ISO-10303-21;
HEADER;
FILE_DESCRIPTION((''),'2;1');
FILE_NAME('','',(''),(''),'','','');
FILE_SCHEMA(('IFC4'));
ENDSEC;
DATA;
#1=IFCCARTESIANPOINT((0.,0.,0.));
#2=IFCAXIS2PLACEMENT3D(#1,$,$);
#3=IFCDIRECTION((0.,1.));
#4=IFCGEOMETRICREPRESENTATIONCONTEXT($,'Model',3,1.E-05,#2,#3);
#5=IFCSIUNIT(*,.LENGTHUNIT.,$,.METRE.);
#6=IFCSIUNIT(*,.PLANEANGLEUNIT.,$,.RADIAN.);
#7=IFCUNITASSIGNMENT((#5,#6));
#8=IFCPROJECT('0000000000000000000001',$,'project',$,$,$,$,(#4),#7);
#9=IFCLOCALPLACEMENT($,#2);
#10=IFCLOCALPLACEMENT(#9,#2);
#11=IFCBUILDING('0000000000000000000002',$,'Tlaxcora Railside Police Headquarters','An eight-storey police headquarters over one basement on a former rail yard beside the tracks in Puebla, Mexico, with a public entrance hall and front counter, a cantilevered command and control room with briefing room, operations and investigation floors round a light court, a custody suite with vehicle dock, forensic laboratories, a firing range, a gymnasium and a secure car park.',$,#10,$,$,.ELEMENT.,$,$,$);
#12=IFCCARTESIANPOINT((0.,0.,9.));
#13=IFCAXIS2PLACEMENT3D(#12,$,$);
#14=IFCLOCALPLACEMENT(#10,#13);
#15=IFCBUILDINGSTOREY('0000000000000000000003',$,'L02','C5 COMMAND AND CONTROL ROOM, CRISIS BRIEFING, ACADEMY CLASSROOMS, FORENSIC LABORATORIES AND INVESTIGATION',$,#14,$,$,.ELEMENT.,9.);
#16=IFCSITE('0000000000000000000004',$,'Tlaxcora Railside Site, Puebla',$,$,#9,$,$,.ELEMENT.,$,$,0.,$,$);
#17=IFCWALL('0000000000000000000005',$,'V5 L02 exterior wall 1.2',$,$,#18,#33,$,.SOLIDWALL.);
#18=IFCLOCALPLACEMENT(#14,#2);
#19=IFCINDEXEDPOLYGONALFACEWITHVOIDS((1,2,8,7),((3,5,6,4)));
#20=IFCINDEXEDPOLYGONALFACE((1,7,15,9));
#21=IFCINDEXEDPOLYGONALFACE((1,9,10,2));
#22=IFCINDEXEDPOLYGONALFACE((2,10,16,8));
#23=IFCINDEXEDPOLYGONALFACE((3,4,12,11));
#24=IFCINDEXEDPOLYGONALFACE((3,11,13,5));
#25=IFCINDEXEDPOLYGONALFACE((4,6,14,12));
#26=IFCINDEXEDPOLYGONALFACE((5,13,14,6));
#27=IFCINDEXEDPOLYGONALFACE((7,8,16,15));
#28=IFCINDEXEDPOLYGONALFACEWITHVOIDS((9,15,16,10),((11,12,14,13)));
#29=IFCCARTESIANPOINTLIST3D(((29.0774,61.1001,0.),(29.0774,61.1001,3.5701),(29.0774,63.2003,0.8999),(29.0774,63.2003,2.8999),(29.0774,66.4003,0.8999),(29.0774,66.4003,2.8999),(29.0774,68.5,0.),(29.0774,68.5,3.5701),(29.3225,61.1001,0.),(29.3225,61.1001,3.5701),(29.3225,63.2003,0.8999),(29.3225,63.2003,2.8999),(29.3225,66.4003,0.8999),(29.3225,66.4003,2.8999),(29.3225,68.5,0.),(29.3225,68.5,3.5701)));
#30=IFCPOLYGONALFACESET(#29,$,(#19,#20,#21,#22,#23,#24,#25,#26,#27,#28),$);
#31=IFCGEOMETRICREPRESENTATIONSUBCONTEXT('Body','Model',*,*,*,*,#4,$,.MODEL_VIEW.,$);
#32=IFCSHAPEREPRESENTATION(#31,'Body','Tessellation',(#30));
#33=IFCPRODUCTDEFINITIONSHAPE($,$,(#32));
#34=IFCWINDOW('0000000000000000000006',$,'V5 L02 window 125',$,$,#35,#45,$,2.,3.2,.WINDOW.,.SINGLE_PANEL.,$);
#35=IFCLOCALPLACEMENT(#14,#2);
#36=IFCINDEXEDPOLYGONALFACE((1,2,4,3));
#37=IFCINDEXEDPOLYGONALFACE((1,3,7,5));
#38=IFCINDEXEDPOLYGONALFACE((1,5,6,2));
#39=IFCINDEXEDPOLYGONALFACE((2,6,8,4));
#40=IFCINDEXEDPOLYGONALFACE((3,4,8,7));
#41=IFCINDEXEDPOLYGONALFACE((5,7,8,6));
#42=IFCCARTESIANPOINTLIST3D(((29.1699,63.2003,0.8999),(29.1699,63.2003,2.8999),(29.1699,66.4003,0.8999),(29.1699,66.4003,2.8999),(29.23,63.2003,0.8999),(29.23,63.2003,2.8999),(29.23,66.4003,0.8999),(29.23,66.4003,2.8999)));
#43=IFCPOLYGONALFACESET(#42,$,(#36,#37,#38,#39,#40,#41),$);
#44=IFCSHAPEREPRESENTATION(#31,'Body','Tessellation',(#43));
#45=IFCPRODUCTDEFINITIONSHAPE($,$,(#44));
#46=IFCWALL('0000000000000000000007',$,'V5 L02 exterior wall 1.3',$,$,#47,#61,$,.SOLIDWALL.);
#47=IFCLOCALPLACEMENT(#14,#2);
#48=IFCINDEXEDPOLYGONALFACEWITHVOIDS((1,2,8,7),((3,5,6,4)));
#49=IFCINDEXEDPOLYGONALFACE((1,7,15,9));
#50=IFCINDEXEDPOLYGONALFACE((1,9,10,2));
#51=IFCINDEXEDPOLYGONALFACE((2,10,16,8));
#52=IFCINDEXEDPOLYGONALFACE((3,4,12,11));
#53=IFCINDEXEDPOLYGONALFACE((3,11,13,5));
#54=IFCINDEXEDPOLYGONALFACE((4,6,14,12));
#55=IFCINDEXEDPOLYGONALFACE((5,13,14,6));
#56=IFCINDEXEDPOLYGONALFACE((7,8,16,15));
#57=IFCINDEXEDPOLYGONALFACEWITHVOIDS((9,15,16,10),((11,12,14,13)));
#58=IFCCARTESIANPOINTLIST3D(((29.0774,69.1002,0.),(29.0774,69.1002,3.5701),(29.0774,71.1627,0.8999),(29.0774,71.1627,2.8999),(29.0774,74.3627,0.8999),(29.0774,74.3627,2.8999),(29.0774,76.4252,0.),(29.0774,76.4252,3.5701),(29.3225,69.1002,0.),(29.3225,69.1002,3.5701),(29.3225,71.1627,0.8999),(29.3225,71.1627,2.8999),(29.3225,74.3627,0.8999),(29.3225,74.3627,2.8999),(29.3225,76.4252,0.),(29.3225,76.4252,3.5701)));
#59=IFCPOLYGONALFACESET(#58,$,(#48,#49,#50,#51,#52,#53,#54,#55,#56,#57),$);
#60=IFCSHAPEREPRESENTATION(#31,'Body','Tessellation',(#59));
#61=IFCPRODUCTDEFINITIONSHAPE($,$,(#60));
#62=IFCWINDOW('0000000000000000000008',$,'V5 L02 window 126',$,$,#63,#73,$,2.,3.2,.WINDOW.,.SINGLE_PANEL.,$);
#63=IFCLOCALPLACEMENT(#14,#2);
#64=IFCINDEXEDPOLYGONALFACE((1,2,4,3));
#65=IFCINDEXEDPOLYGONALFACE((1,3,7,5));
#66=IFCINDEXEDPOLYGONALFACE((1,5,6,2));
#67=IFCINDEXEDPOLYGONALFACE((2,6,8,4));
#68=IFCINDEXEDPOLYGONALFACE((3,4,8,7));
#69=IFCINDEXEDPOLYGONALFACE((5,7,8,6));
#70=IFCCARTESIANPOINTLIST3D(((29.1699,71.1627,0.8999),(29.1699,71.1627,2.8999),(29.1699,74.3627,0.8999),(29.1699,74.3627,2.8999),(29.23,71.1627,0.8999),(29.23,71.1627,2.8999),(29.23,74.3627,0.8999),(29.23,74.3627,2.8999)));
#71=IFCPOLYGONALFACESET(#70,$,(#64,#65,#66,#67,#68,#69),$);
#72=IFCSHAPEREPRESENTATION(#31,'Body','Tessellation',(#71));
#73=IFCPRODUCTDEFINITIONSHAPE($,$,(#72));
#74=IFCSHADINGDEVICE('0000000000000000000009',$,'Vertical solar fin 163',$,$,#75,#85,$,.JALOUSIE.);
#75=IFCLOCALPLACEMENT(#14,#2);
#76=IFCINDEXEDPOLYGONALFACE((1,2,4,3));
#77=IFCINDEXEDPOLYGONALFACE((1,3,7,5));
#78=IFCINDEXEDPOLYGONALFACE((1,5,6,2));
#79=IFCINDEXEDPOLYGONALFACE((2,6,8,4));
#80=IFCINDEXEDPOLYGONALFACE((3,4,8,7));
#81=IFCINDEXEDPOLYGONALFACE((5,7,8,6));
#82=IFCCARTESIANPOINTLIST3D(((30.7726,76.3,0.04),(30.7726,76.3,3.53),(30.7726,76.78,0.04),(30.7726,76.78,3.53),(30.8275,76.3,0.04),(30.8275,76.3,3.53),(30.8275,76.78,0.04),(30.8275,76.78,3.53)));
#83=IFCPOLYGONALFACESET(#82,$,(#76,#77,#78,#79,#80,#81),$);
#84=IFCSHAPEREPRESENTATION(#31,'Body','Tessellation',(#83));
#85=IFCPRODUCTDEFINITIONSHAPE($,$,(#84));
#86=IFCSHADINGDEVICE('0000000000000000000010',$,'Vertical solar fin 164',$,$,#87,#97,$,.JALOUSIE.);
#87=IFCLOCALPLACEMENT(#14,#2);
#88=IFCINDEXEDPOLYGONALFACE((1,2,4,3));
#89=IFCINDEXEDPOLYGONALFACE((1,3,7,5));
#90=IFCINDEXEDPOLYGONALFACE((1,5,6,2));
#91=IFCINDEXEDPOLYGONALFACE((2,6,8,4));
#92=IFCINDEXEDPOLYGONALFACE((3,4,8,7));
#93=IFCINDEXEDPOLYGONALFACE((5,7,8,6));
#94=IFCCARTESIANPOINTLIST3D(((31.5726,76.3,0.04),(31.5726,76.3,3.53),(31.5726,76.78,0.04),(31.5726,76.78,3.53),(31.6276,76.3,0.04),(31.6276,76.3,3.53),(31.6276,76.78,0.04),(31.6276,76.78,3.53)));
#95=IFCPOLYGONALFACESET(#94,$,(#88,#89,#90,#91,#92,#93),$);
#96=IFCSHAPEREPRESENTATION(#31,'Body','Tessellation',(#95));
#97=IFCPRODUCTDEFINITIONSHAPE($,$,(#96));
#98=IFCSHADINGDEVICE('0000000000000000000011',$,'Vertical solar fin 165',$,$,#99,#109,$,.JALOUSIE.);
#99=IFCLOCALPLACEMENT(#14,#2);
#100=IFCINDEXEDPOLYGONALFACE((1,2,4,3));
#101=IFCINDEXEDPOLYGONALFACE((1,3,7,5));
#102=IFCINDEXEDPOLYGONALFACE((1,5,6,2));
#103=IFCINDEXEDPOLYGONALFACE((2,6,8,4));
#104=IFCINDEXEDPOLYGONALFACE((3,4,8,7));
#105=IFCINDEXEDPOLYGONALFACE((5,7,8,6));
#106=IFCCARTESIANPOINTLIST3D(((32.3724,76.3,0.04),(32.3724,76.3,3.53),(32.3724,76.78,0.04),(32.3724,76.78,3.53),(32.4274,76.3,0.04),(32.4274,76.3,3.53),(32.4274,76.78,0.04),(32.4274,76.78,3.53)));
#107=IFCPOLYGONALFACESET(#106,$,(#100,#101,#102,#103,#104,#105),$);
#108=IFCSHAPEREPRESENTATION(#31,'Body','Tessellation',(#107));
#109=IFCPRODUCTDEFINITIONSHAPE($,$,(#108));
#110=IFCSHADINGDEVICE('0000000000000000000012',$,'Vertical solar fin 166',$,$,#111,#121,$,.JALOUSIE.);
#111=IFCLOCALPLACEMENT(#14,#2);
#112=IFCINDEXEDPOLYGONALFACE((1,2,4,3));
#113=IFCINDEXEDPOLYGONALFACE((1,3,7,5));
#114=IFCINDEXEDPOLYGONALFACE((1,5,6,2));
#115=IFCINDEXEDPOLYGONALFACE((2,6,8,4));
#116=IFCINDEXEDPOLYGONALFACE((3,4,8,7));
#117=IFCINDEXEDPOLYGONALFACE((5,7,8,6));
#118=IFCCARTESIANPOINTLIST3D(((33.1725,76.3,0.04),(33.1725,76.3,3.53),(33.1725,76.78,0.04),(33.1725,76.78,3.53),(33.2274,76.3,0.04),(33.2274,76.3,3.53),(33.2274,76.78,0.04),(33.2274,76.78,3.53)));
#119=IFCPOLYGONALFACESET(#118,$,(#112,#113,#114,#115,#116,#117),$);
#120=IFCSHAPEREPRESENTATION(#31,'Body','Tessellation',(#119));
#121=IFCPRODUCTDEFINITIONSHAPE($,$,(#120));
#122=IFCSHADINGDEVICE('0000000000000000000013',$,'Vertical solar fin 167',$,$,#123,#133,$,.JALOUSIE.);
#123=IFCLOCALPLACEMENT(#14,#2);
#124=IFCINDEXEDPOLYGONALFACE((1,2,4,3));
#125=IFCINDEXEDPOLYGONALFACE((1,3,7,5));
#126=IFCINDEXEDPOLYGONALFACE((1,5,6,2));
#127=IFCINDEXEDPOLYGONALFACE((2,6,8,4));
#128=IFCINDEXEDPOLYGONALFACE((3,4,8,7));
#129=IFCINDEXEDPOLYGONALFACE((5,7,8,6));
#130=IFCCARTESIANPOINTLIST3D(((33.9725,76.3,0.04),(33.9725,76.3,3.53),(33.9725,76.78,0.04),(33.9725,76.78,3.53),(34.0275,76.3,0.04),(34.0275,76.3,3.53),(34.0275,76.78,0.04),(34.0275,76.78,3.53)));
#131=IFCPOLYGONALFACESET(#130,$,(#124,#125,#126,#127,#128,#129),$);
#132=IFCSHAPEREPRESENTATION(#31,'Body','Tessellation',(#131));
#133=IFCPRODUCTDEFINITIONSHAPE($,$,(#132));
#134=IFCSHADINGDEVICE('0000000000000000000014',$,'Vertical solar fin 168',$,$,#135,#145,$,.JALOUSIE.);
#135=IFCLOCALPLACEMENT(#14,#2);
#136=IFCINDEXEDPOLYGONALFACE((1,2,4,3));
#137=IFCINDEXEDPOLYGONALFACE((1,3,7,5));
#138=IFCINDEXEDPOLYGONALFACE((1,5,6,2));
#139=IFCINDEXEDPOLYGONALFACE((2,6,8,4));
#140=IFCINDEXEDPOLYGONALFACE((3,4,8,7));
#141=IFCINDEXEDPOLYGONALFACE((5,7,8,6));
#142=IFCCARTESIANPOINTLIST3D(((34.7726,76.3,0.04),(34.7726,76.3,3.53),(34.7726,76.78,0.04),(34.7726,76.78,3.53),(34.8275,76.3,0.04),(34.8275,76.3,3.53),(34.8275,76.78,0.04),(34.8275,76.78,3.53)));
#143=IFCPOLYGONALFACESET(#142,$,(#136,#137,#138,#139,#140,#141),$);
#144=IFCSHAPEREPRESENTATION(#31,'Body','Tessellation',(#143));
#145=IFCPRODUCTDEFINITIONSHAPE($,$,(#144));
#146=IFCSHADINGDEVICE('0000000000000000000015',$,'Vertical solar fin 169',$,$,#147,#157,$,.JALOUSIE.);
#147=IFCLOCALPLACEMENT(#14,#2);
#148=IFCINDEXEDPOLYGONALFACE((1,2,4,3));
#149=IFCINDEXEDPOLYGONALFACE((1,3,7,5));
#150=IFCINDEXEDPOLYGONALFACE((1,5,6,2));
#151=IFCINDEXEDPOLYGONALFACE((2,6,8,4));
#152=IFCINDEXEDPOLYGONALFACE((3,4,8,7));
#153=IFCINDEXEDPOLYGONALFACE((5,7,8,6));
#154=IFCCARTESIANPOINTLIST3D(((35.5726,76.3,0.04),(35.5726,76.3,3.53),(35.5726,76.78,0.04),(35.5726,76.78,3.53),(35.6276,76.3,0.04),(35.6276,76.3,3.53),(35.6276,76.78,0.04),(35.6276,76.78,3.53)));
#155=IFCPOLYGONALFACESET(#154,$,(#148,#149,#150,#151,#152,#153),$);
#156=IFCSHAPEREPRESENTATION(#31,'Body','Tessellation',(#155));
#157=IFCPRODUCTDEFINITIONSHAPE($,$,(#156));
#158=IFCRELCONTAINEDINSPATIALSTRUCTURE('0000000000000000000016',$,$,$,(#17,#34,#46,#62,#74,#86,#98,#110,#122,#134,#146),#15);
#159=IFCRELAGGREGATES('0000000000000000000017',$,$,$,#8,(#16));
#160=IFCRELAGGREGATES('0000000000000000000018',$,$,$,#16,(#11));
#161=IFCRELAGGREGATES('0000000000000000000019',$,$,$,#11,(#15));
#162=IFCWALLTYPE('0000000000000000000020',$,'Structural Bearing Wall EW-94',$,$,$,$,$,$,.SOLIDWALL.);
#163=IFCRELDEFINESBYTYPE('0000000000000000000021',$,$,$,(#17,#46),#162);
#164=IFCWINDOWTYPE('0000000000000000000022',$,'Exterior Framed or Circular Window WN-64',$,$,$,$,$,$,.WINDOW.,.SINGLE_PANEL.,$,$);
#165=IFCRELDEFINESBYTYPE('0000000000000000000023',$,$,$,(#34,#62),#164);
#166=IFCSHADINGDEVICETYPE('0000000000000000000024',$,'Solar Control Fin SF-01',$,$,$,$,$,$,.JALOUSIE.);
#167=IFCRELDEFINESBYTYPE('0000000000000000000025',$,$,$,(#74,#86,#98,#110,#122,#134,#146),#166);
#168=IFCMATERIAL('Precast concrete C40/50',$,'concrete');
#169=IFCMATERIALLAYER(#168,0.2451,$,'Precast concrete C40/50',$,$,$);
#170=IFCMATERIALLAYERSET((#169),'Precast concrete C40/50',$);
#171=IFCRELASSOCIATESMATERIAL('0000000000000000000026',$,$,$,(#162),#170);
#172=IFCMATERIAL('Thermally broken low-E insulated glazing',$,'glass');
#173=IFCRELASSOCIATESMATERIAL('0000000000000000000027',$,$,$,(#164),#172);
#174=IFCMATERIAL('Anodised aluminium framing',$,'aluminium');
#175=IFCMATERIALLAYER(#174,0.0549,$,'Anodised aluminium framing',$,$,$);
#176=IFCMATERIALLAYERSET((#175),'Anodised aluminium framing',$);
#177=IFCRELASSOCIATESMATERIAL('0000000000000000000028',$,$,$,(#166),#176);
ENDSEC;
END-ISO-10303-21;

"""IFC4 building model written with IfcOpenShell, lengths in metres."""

from ifc_helpers import new_model, si_unit, direction, frame, frame_2d, origin, origin_2d, place, context, subcontext, project, spatial, rectangle, extrude, material, layer, layer_set, type_object, element, fill, save


model = new_model("IFC4")

# Units and contexts
model_context = context("Model", 3, precision=1e-05, world=origin(), true_north=direction((0.0, 1.0)))
body_context = subcontext(model_context, "Body", "Model", "MODEL_VIEW")
ifc_project = project(units=[si_unit("LENGTHUNIT", "METRE"), si_unit("PLANEANGLEUNIT", "RADIAN")], contexts=[model_context])

# Site, building, storey
site_placement = place(None, origin())
site = spatial("IfcSite", under=ifc_project, at=site_placement, Name="Tlaxcora Railside Site, Puebla", CompositionType="ELEMENT", RefElevation=0.0)
building_placement = place(site_placement, origin())
building = spatial("IfcBuilding", under=site, at=building_placement, Name="Tlaxcora Railside Police Headquarters", Description="An eight-storey police headquarters over one basement on a former rail yard beside the tracks in Puebla, Mexico, with a public entrance hall and front counter, a cantilevered command and control room with briefing room, operations and investigation floors round a light court, a custody suite with vehicle dock, forensic laboratories, a firing range, a gymnasium and a secure car park.", CompositionType="ELEMENT")
storey_placement = place(building_placement, frame((0.0, 0.0, 9.0)))
storey = spatial("IfcBuildingStorey", under=building, at=storey_placement, Name="L02", Description="C5 COMMAND AND CONTROL ROOM, CRISIS BRIEFING, ACADEMY CLASSROOMS, FORENSIC LABORATORIES AND INVESTIGATION", CompositionType="ELEMENT", Elevation=9.0)

# Shared definitions
ifc_material_1 = material(Name="Thermally broken low-E insulated glazing", Category="glass")
ifc_material_2 = material(Name="Anodised aluminium framing", Category="aluminium")

# Walls, openings, windows
ifc_material_3 = material(Name="Precast concrete C40/50", Category="concrete")
ifc_layer_1 = layer(ifc_material_3, 0.2451, Name="Precast concrete C40/50")
ifc_layer_set_1 = layer_set([ifc_layer_1], Name="Precast concrete C40/50")
wall_type = type_object("IfcWallType", Name="Structural Bearing Wall EW-94", PredefinedType="SOLIDWALL", material=ifc_layer_set_1)
wall_1_placement = place(storey_placement, frame((29.2, 61.1001, 0.0), z_axis=(0.0, 0.0, 1.0), x_axis=(0.0, 1.0, 0.0)))
wall_1 = element("IfcWall", 1, at=wall_1_placement, inside=storey, type_object=wall_type, Name="V5 L02 exterior wall 1.2", PredefinedType="SOLIDWALL", context=body_context, shape_type="SweptSolid", body=[
    extrude(rectangle(XDim=7.3999, YDim=0.2451, at=frame_2d((3.7, 0.0))), origin(), (0.0, 0.0, 1.0), 3.5701),
])
opening_1_placement = place(wall_1_placement, frame((2.1001, 0.0, 0.8999)))
opening_1 = element("IfcOpeningElement", 2, at=opening_1_placement, cuts=wall_1, PredefinedType="OPENING", context=body_context, shape_type="SweptSolid", body=[
    extrude(rectangle(XDim=3.2, YDim=2.0, at=frame_2d((1.6001, 1.0))), frame((0.0, 0.1326, 0.0), z_axis=(0.0, -1.0, 0.0), x_axis=(1.0, 0.0, 0.0)), (0.0, 0.0, 1.0), 0.2651),
])
window_type = type_object("IfcWindowType", Name="Exterior Framed or Circular Window WN-64", PartitioningType="SINGLE_PANEL", PredefinedType="WINDOW", material=ifc_material_1)
window_1_placement = place(opening_1_placement, origin())
window_1 = element("IfcWindow", 3, at=window_1_placement, inside=storey, type_object=window_type, Name="V5 L02 window 125", OverallHeight=2.0, OverallWidth=3.2, PartitioningType="SINGLE_PANEL", PredefinedType="WINDOW", context=body_context, shape_type="SweptSolid", body=[
    extrude(rectangle(XDim=3.2, YDim=2.0, at=frame_2d((1.6001, 1.0))), frame((0.0, 0.03, 0.0), z_axis=(0.0, -1.0, 0.0), x_axis=(1.0, 0.0, 0.0)), (0.0, 0.0, 1.0), 0.0601),
])
fill(opening_1, window_1)
wall_2_placement = place(storey_placement, frame((29.2, 69.1001, 0.0), z_axis=(0.0, 0.0, 1.0), x_axis=(0.0, 1.0, 0.0)))
wall_2 = element("IfcWall", 4, at=wall_2_placement, inside=storey, type_object=wall_type, Name="V5 L02 exterior wall 1.3", PredefinedType="SOLIDWALL", context=body_context, shape_type="SweptSolid", body=[
    extrude(rectangle(XDim=7.325, YDim=0.2451, at=frame_2d((3.6626, 0.0))), origin(), (0.0, 0.0, 1.0), 3.5701),
])
opening_2_placement = place(wall_2_placement, frame((2.0625, 0.0, 0.8999)))
opening_2 = element("IfcOpeningElement", 5, at=opening_2_placement, cuts=wall_2, PredefinedType="OPENING", context=body_context, shape_type="SweptSolid", body=[
    extrude(rectangle(XDim=3.2, YDim=2.0, at=frame_2d((1.6001, 1.0))), frame((0.0, 0.1326, 0.0), z_axis=(0.0, -1.0, 0.0), x_axis=(1.0, 0.0, 0.0)), (0.0, 0.0, 1.0), 0.2651),
])
window_2_placement = place(opening_2_placement, origin())
window_2 = element("IfcWindow", 6, at=window_2_placement, inside=storey, type_object=window_type, Name="V5 L02 window 126", OverallHeight=2.0, OverallWidth=3.2, PartitioningType="SINGLE_PANEL", PredefinedType="WINDOW", context=body_context, shape_type="SweptSolid", body=[
    extrude(rectangle(XDim=3.2, YDim=2.0, at=frame_2d((1.6001, 1.0))), frame((0.0, 0.03, 0.0), z_axis=(0.0, -1.0, 0.0), x_axis=(1.0, 0.0, 0.0)), (0.0, 0.0, 1.0), 0.0601),
])
fill(opening_2, window_2)

# Shading devices
ifc_layer_2 = layer(ifc_material_2, 0.0549, Name="Anodised aluminium framing")
ifc_layer_set_2 = layer_set([ifc_layer_2], Name="Anodised aluminium framing")
shading_device_type = type_object("IfcShadingDeviceType", Name="Solar Control Fin SF-01", PredefinedType="JALOUSIE", material=ifc_layer_set_2)
for number, where, z_axis, x_axis, name in (
    (7, (30.8, 76.54, 0.04), (0.0, 0.0, 1.0), (0.0, -1.0, 0.0), "Vertical solar fin 163"),
    (8, (31.6001, 76.54, 0.04), (0.0, 0.0, 1.0), (0.0, -1.0, 0.0), "Vertical solar fin 164"),
    (9, (32.3999, 76.54, 0.04), (0.0, 0.0, 1.0), (0.0, -1.0, 0.0), "Vertical solar fin 165"),
    (10, (33.2, 76.54, 0.04), (0.0, 0.0, 1.0), (0.0, -1.0, 0.0), "Vertical solar fin 166"),
    (11, (34.0, 76.54, 0.04), (0.0, 0.0, 1.0), (0.0, -1.0, 0.0), "Vertical solar fin 167"),
    (12, (34.8, 76.54, 0.04), (0.0, 0.0, 1.0), (0.0, -1.0, 0.0), "Vertical solar fin 168"),
    (13, (35.6001, 76.54, 0.04), (0.0, 0.0, 1.0), (0.0, -1.0, 0.0), "Vertical solar fin 169"),
):
    element("IfcShadingDevice", number, at=place(storey_placement, frame(where, z_axis=z_axis, x_axis=x_axis)), inside=storey, type_object=shading_device_type, Name=name, PredefinedType="JALOUSIE", context=body_context, shape_type="SweptSolid", body=[
        extrude(rectangle(XDim=0.48, YDim=0.0549, at=origin_2d()), origin(), (0.0, 0.0, 1.0), 3.49),
    ])

save(model, "model.ifc")
